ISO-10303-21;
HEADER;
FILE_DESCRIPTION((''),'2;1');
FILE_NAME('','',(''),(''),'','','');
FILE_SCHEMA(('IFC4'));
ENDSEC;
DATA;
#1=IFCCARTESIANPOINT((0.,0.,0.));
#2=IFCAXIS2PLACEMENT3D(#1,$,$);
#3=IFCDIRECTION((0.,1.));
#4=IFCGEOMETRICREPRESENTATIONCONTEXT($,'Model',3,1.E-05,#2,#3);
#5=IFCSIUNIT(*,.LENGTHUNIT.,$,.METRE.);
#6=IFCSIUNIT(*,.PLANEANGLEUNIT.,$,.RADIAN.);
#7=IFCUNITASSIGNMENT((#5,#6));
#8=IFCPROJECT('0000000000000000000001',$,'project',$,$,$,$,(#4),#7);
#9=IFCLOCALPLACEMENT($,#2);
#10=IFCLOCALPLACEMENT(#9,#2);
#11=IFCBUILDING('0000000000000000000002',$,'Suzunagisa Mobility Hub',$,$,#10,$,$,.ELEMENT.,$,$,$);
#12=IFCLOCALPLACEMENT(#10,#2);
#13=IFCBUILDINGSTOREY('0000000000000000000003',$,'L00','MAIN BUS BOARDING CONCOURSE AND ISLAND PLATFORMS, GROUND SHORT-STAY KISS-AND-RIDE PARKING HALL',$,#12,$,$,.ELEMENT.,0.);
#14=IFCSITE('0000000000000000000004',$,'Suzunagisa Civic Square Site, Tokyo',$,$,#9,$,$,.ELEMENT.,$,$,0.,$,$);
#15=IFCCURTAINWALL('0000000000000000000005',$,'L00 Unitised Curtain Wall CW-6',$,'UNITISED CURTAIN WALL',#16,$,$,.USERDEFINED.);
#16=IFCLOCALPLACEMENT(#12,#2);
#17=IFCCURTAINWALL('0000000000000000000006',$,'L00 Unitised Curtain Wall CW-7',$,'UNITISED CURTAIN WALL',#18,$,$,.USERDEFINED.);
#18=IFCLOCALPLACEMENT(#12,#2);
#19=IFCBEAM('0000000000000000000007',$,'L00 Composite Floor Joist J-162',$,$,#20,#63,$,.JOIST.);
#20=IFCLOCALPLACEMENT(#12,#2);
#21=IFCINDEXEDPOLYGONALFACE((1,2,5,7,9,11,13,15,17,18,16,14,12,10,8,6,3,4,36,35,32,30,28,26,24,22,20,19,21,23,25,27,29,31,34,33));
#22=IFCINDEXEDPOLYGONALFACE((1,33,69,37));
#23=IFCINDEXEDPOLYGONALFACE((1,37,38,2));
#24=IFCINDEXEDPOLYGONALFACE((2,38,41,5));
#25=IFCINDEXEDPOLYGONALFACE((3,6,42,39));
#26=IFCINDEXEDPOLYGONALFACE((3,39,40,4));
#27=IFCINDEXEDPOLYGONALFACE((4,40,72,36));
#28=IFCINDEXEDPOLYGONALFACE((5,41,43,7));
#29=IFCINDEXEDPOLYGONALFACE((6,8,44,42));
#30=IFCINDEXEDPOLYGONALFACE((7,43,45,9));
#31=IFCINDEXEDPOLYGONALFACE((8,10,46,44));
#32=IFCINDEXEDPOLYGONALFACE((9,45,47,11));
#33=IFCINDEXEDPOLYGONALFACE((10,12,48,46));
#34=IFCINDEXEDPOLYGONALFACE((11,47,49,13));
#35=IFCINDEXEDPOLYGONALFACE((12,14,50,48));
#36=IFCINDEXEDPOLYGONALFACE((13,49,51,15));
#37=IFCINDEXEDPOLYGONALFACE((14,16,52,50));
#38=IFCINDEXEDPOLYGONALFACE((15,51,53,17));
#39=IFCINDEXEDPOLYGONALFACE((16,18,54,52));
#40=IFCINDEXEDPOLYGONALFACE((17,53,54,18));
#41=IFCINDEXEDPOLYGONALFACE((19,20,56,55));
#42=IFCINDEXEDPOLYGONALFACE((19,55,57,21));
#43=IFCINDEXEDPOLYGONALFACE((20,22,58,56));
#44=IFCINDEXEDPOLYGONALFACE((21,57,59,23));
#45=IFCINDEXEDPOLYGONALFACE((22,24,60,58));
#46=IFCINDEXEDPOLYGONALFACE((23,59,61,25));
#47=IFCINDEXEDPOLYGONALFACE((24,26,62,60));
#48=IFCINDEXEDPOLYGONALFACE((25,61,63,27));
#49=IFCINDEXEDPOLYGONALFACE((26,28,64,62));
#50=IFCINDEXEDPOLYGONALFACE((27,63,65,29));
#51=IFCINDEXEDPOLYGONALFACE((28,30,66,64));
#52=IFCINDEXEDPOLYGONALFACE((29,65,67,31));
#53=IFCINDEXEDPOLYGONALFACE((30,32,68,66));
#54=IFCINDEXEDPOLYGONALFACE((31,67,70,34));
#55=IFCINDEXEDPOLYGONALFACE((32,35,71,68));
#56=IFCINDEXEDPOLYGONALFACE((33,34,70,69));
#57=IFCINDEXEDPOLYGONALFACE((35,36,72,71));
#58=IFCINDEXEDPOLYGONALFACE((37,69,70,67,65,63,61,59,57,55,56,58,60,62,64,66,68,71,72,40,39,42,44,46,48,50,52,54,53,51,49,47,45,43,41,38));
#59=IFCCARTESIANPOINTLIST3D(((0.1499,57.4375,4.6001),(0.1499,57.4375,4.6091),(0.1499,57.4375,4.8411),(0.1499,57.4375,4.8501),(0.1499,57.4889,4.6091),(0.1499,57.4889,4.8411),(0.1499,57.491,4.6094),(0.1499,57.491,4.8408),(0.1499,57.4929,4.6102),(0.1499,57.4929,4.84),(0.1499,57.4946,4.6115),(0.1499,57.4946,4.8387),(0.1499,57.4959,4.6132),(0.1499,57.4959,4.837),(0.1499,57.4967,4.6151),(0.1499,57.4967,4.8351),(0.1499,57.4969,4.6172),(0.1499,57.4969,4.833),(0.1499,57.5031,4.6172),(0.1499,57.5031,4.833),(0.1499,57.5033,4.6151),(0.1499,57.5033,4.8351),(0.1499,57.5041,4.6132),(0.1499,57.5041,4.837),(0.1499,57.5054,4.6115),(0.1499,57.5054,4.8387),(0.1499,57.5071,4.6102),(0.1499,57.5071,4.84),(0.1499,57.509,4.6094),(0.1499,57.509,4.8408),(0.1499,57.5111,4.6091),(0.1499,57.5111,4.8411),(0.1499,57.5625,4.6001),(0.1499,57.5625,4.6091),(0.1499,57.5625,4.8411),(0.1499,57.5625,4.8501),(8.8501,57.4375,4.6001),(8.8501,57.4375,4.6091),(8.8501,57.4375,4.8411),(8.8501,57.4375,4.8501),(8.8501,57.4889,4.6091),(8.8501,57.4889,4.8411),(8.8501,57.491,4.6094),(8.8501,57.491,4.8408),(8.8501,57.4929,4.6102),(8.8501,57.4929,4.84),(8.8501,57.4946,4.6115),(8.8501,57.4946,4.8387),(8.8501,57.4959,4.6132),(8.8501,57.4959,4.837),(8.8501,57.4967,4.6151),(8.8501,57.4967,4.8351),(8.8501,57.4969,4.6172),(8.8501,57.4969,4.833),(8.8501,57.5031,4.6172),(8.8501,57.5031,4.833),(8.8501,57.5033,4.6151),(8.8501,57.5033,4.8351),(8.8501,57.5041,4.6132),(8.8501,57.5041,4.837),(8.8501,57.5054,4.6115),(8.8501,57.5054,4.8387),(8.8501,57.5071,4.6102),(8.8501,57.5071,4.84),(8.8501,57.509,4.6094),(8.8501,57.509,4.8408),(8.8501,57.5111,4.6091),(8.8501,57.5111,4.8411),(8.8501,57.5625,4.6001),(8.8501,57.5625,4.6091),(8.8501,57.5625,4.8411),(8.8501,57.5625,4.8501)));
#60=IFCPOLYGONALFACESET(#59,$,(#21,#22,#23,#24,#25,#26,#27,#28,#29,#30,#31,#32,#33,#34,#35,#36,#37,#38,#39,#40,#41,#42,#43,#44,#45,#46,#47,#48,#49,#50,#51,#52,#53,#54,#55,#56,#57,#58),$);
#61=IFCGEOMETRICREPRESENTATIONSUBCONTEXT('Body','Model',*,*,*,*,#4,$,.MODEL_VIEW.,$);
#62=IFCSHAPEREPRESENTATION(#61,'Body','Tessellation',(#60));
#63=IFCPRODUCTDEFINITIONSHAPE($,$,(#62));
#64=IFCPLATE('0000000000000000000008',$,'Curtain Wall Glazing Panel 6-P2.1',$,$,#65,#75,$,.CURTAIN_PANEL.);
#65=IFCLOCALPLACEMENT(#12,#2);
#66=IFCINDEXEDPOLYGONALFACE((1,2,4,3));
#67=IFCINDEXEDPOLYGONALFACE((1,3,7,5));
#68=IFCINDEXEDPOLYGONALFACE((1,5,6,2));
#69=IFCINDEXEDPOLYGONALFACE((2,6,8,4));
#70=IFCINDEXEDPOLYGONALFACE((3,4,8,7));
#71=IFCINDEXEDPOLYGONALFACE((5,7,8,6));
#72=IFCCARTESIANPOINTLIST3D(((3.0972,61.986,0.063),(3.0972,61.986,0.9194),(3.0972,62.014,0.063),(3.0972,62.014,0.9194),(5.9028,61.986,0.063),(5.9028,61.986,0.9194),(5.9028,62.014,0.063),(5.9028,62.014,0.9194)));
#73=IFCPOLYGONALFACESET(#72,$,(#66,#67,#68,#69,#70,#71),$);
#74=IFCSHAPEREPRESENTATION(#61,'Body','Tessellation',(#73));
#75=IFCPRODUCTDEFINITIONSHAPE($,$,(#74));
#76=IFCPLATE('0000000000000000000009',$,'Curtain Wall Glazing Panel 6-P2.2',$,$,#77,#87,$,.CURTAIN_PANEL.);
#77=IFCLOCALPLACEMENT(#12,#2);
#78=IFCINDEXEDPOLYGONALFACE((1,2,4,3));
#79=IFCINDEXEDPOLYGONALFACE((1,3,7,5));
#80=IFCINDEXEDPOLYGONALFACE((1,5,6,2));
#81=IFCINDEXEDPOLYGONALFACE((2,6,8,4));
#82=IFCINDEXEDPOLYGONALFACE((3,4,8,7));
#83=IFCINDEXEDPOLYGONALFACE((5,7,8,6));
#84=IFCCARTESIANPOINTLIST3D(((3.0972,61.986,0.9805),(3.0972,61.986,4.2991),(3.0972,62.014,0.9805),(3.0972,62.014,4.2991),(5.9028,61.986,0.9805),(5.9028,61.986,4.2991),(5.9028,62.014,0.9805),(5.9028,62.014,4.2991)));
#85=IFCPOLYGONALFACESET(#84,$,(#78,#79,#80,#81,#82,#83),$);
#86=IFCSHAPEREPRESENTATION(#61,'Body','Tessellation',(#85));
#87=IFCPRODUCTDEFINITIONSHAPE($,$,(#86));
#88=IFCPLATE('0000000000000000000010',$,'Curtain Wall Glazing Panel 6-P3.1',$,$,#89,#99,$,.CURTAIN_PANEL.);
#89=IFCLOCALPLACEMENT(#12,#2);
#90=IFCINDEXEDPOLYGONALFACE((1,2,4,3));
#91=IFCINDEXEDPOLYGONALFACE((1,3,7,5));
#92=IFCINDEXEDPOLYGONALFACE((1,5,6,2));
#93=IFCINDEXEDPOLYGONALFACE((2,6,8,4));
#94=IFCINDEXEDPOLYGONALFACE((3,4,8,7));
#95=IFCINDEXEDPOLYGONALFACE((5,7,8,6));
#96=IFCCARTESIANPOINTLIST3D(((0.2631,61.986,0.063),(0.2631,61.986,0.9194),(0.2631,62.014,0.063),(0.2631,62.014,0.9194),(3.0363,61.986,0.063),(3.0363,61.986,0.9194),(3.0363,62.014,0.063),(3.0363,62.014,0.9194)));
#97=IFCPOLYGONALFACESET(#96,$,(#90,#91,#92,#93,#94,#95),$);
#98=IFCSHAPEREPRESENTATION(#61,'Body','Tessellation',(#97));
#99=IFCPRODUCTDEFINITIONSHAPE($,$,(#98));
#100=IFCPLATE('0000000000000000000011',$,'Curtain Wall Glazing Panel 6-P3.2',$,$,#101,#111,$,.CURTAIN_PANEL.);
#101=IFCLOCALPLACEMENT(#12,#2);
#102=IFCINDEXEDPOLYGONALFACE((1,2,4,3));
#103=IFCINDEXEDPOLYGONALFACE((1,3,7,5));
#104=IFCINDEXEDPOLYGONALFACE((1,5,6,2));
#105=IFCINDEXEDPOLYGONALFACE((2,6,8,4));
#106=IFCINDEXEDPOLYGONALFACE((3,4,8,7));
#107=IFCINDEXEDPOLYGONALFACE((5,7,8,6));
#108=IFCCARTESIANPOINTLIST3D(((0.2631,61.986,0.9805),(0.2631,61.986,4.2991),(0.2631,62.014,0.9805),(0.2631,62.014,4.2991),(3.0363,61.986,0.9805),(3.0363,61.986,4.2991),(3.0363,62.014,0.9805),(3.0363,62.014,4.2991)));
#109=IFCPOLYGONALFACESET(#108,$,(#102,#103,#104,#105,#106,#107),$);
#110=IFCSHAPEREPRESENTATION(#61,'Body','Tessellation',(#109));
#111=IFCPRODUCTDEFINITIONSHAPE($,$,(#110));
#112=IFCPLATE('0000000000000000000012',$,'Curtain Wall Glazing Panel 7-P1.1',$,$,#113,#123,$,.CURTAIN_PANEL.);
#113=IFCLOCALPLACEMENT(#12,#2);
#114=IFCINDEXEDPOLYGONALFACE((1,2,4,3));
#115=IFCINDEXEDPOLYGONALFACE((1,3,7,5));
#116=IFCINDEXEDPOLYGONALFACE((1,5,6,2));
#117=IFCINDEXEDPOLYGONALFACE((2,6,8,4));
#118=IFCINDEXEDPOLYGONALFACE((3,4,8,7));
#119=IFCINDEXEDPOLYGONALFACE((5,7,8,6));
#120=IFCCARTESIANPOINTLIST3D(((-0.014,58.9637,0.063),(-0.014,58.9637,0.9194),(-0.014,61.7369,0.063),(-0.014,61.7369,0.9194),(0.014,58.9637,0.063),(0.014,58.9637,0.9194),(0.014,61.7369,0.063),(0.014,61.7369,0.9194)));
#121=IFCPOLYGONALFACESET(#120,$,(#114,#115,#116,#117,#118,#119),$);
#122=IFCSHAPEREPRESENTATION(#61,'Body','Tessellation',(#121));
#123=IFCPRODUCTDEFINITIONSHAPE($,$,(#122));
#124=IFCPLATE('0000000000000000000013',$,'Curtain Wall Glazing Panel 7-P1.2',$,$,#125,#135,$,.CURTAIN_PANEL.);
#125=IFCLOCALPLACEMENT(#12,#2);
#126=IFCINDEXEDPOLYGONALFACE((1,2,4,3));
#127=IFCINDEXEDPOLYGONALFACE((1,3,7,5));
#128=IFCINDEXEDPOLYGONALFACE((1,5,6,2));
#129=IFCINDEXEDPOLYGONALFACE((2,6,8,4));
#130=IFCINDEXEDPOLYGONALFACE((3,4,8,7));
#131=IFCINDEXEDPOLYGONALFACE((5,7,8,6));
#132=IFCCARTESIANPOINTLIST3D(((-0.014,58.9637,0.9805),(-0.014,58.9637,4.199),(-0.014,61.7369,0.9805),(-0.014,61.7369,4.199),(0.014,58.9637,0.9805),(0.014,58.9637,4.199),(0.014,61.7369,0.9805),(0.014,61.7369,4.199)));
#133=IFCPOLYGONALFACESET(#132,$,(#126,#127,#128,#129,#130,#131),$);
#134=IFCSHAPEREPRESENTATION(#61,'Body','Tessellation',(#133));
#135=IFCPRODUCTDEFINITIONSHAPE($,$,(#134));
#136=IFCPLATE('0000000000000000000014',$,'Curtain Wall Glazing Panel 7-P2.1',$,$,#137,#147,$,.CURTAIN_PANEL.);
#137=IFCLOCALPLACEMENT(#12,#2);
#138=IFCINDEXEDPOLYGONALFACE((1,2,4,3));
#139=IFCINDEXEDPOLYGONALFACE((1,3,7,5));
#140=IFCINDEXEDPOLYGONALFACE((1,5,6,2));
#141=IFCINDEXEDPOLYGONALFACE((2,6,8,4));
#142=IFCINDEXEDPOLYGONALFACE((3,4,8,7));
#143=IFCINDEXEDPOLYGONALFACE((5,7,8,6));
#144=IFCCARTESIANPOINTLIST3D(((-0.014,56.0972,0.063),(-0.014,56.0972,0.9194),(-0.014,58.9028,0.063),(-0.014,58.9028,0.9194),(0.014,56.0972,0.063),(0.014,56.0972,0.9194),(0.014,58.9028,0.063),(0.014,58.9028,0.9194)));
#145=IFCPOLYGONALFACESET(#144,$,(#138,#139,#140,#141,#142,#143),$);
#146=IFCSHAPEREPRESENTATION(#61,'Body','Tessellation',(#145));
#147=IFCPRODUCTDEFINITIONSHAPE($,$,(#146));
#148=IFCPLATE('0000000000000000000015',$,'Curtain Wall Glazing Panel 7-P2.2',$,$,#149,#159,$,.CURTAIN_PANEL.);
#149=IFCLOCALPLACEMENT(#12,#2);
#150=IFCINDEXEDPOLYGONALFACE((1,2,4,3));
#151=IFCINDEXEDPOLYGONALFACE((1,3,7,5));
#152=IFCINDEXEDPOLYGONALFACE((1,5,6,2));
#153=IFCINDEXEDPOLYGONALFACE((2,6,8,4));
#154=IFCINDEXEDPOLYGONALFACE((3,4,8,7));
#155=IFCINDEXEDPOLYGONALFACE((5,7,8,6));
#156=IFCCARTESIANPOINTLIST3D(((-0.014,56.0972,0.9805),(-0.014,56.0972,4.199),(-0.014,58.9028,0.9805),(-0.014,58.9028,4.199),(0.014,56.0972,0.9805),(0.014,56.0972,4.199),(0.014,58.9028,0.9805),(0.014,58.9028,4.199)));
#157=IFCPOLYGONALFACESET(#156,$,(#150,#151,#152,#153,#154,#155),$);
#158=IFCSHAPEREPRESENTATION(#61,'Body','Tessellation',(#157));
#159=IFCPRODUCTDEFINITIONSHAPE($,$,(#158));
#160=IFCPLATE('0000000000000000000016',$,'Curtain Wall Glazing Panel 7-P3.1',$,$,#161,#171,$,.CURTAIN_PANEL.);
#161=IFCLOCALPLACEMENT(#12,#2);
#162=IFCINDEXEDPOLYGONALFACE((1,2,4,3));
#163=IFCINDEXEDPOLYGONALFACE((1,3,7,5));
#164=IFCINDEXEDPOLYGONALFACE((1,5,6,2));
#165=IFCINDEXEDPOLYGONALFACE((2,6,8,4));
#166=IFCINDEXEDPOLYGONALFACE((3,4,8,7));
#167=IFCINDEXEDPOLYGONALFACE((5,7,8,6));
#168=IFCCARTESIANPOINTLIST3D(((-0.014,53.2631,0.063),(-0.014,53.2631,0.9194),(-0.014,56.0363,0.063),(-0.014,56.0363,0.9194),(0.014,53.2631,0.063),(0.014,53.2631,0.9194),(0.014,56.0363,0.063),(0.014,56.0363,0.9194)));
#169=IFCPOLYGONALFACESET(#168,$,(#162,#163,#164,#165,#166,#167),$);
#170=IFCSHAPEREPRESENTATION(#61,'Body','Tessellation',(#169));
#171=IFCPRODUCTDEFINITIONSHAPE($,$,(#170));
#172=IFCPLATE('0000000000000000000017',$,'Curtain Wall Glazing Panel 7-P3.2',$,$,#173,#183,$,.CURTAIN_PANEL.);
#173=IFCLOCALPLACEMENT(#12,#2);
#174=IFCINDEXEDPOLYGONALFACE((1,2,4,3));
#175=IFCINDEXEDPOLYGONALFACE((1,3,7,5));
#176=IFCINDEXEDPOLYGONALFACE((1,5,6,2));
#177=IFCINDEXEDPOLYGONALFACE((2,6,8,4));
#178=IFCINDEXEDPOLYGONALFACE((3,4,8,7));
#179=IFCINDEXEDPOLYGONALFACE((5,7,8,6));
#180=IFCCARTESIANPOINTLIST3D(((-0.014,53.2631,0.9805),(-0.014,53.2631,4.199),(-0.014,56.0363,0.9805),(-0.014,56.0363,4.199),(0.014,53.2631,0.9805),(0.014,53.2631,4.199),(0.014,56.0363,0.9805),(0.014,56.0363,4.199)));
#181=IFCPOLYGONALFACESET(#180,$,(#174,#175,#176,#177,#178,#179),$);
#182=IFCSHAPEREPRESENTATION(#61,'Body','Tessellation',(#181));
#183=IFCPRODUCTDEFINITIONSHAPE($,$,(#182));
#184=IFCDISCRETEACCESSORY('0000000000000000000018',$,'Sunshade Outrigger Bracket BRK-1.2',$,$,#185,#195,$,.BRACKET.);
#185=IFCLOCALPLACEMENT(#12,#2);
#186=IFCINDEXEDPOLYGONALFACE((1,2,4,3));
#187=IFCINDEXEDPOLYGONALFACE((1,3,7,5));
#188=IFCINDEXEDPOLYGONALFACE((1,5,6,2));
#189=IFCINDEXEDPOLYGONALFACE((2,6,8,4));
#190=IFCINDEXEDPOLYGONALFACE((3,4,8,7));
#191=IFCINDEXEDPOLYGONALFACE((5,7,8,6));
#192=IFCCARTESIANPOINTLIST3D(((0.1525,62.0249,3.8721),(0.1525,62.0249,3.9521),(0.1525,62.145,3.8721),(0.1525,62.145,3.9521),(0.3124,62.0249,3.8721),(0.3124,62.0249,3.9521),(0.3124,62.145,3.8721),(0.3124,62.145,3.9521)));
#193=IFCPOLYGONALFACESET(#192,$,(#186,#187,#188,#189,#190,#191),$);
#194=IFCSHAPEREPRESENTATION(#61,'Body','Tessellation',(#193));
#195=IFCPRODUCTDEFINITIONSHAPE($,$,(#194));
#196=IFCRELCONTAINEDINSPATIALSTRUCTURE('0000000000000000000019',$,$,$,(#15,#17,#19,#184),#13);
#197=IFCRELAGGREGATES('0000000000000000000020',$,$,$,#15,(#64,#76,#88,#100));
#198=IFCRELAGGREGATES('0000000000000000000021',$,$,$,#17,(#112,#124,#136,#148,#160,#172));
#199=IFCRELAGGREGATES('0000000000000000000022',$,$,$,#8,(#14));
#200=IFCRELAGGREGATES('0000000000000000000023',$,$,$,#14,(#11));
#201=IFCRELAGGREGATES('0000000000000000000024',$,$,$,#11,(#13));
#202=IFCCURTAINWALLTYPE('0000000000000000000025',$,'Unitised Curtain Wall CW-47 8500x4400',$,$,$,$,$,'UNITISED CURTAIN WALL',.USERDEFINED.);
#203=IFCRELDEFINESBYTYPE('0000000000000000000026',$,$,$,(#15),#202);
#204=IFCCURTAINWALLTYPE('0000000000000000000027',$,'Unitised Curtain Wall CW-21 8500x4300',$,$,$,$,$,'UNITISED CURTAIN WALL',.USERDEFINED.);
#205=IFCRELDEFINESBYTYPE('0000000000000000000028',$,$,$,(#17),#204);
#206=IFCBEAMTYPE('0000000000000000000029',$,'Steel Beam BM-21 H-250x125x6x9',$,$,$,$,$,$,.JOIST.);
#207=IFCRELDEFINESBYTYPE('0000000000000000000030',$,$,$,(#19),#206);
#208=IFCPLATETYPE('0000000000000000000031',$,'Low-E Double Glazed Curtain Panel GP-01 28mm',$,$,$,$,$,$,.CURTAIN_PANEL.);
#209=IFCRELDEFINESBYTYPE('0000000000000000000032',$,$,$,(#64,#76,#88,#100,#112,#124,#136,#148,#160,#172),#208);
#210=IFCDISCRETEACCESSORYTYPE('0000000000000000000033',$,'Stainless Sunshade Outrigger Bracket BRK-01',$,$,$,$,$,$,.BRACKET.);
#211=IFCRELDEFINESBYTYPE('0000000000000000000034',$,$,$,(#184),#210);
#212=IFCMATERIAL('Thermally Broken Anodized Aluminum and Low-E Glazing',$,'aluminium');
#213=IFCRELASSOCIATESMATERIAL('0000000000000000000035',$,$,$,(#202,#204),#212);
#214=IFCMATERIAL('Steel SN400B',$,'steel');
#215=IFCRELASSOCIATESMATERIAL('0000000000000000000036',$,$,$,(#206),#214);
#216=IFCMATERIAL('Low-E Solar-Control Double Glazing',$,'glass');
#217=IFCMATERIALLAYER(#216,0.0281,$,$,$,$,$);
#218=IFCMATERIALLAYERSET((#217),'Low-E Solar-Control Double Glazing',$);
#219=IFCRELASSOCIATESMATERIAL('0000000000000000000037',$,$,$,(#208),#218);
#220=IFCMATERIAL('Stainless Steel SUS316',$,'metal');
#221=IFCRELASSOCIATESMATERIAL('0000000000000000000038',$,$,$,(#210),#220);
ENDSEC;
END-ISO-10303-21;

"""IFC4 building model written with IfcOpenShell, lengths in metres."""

from ifc_helpers import new_model, si_unit, direction, frame, origin, origin_2d, place, context, subcontext, project, spatial, rectangle, i_section, extrude, material, layer, layer_set, material_profile, profile_set, type_object, element, aggregate, save


model = new_model("IFC4")

# Units and contexts
model_context = context("Model", 3, precision=1e-05, world=origin(), true_north=direction((0.0, 1.0)))
body_context = subcontext(model_context, "Body", "Model", "MODEL_VIEW")
ifc_project = project(units=[si_unit("LENGTHUNIT", "METRE"), si_unit("PLANEANGLEUNIT", "RADIAN")], contexts=[model_context])

# Site, building, storey
site_placement = place(None, origin())
site = spatial("IfcSite", under=ifc_project, at=site_placement, Name="Suzunagisa Civic Square Site, Tokyo", CompositionType="ELEMENT", RefElevation=0.0)
building_placement = place(site_placement, origin())
building = spatial("IfcBuilding", under=site, at=building_placement, Name="Suzunagisa Mobility Hub", CompositionType="ELEMENT")
storey_placement = place(building_placement, origin())
storey = spatial("IfcBuildingStorey", under=building, at=storey_placement, Name="L00", Description="MAIN BUS BOARDING CONCOURSE AND ISLAND PLATFORMS, GROUND SHORT-STAY KISS-AND-RIDE PARKING HALL", CompositionType="ELEMENT", Elevation=0.0)

# Curtain walls
ifc_material_1 = material(Name="Thermally Broken Anodized Aluminum and Low-E Glazing", Category="aluminium")
curtain_wall_type_1 = type_object("IfcCurtainWallType", Name="Unitised Curtain Wall CW-47 8500x4400", ElementType="UNITISED CURTAIN WALL", PredefinedType="USERDEFINED", material=ifc_material_1)
curtain_wall_1_placement = place(storey_placement, origin())
curtain_wall_1 = element("IfcCurtainWall", 1, at=curtain_wall_1_placement, inside=storey, type_object=curtain_wall_type_1, Name="L00 Unitised Curtain Wall CW-6", ObjectType="UNITISED CURTAIN WALL", PredefinedType="USERDEFINED")
curtain_wall_type_2 = type_object("IfcCurtainWallType", Name="Unitised Curtain Wall CW-21 8500x4300", ElementType="UNITISED CURTAIN WALL", PredefinedType="USERDEFINED", material=ifc_material_1)
curtain_wall_2_placement = place(storey_placement, origin())
curtain_wall_2 = element("IfcCurtainWall", 2, at=curtain_wall_2_placement, inside=storey, type_object=curtain_wall_type_2, Name="L00 Unitised Curtain Wall CW-7", ObjectType="UNITISED CURTAIN WALL", PredefinedType="USERDEFINED")

# Beam
ifc_material_2 = material(Name="Steel SN400B", Category="steel")
ifc_material_profile_1 = material_profile(ifc_material_2, i_section(OverallWidth=0.125, OverallDepth=0.25, WebThickness=0.0061, FlangeThickness=0.009, FilletRadius=0.0081, at=origin_2d()), Name="H-250x125x6x9")
ifc_profile_set_1 = profile_set([ifc_material_profile_1], Name="Steel SN400B")
beam_type_1 = type_object("IfcBeamType", Name="Steel Beam BM-21 H-250x125x6x9", PredefinedType="JOIST", material=ifc_profile_set_1)
beam_1_placement = place(storey_placement, frame((0.1499, 57.5, 4.7251), z_axis=(1.0, 0.0, 0.0), x_axis=(0.0, 1.0, 0.0)))
element("IfcBeam", 3, at=beam_1_placement, inside=storey, type_object=beam_type_1, Name="L00 Composite Floor Joist J-162", PredefinedType="JOIST", context=body_context, shape_type="SweptSolid", body=[
    extrude(i_section(OverallWidth=0.125, OverallDepth=0.25, WebThickness=0.0061, FlangeThickness=0.009, FilletRadius=0.0081, at=origin_2d()), origin(), (0.0, 0.0, 1.0), 8.7002),
])

# Plates
ifc_material_3 = material(Name="Low-E Solar-Control Double Glazing", Category="glass")
ifc_layer = layer(ifc_material_3, 0.0281)
ifc_layer_set = layer_set([ifc_layer], Name="Low-E Solar-Control Double Glazing")
plate_type = type_object("IfcPlateType", Name="Low-E Double Glazed Curtain Panel GP-01 28mm", PredefinedType="CURTAIN_PANEL", material=ifc_layer_set)
plate_1_placement = place(storey_placement, frame((4.5, 62.0, 0.063), z_axis=(0.0, 0.0, 1.0), x_axis=(-1.0, 0.0, 0.0)))
plate_1 = element("IfcPlate", 4, at=plate_1_placement, type_object=plate_type, Name="Curtain Wall Glazing Panel 6-P2.1", PredefinedType="CURTAIN_PANEL", context=body_context, shape_type="SweptSolid", body=[
    extrude(rectangle(XDim=2.8057, YDim=0.0281, at=origin_2d()), origin(), (0.0, 0.0, 1.0), 0.8564),
])
plate_2_placement = place(storey_placement, frame((4.5, 62.0, 0.9805), z_axis=(0.0, 0.0, 1.0), x_axis=(-1.0, 0.0, 0.0)))
plate_2 = element("IfcPlate", 5, at=plate_2_placement, type_object=plate_type, Name="Curtain Wall Glazing Panel 6-P2.2", PredefinedType="CURTAIN_PANEL", context=body_context, shape_type="SweptSolid", body=[
    extrude(rectangle(XDim=2.8057, YDim=0.0281, at=origin_2d()), origin(), (0.0, 0.0, 1.0), 3.3186),
])
plate_3_placement = place(storey_placement, frame((1.6497, 62.0, 0.063), z_axis=(0.0, 0.0, 1.0), x_axis=(-1.0, 0.0, 0.0)))
plate_3 = element("IfcPlate", 6, at=plate_3_placement, type_object=plate_type, Name="Curtain Wall Glazing Panel 6-P3.1", PredefinedType="CURTAIN_PANEL", context=body_context, shape_type="SweptSolid", body=[
    extrude(rectangle(XDim=2.7732, YDim=0.0281, at=origin_2d()), origin(), (0.0, 0.0, 1.0), 0.8564),
])
plate_4_placement = place(storey_placement, frame((1.6497, 62.0, 0.9805), z_axis=(0.0, 0.0, 1.0), x_axis=(-1.0, 0.0, 0.0)))
plate_4 = element("IfcPlate", 7, at=plate_4_placement, type_object=plate_type, Name="Curtain Wall Glazing Panel 6-P3.2", PredefinedType="CURTAIN_PANEL", context=body_context, shape_type="SweptSolid", body=[
    extrude(rectangle(XDim=2.7732, YDim=0.0281, at=origin_2d()), origin(), (0.0, 0.0, 1.0), 3.3186),
])
aggregate(curtain_wall_1, [plate_1, plate_2, plate_3, plate_4])
plate_5_placement = place(storey_placement, frame((0.0, 60.3503, 0.063), z_axis=(0.0, 0.0, 1.0), x_axis=(0.0, -1.0, 0.0)))
plate_5 = element("IfcPlate", 8, at=plate_5_placement, type_object=plate_type, Name="Curtain Wall Glazing Panel 7-P1.1", PredefinedType="CURTAIN_PANEL", context=body_context, shape_type="SweptSolid", body=[
    extrude(rectangle(XDim=2.7732, YDim=0.0281, at=origin_2d()), origin(), (0.0, 0.0, 1.0), 0.8564),
])
plate_6_placement = place(storey_placement, frame((0.0, 60.3503, 0.9805), z_axis=(0.0, 0.0, 1.0), x_axis=(0.0, -1.0, 0.0)))
plate_6 = element("IfcPlate", 9, at=plate_6_placement, type_object=plate_type, Name="Curtain Wall Glazing Panel 7-P1.2", PredefinedType="CURTAIN_PANEL", context=body_context, shape_type="SweptSolid", body=[
    extrude(rectangle(XDim=2.7732, YDim=0.0281, at=origin_2d()), origin(), (0.0, 0.0, 1.0), 3.2185),
])
plate_7_placement = place(storey_placement, frame((0.0, 57.5, 0.063), z_axis=(0.0, 0.0, 1.0), x_axis=(0.0, -1.0, 0.0)))
plate_7 = element("IfcPlate", 10, at=plate_7_placement, type_object=plate_type, Name="Curtain Wall Glazing Panel 7-P2.1", PredefinedType="CURTAIN_PANEL", context=body_context, shape_type="SweptSolid", body=[
    extrude(rectangle(XDim=2.8057, YDim=0.0281, at=origin_2d()), origin(), (0.0, 0.0, 1.0), 0.8564),
])
plate_8_placement = place(storey_placement, frame((0.0, 57.5, 0.9805), z_axis=(0.0, 0.0, 1.0), x_axis=(0.0, -1.0, 0.0)))
plate_8 = element("IfcPlate", 11, at=plate_8_placement, type_object=plate_type, Name="Curtain Wall Glazing Panel 7-P2.2", PredefinedType="CURTAIN_PANEL", context=body_context, shape_type="SweptSolid", body=[
    extrude(rectangle(XDim=2.8057, YDim=0.0281, at=origin_2d()), origin(), (0.0, 0.0, 1.0), 3.2185),
])
plate_9_placement = place(storey_placement, frame((0.0, 54.6497, 0.063), z_axis=(0.0, 0.0, 1.0), x_axis=(0.0, -1.0, 0.0)))
plate_9 = element("IfcPlate", 12, at=plate_9_placement, type_object=plate_type, Name="Curtain Wall Glazing Panel 7-P3.1", PredefinedType="CURTAIN_PANEL", context=body_context, shape_type="SweptSolid", body=[
    extrude(rectangle(XDim=2.7732, YDim=0.0281, at=origin_2d()), origin(), (0.0, 0.0, 1.0), 0.8564),
])
plate_10_placement = place(storey_placement, frame((0.0, 54.6497, 0.9805), z_axis=(0.0, 0.0, 1.0), x_axis=(0.0, -1.0, 0.0)))
plate_10 = element("IfcPlate", 13, at=plate_10_placement, type_object=plate_type, Name="Curtain Wall Glazing Panel 7-P3.2", PredefinedType="CURTAIN_PANEL", context=body_context, shape_type="SweptSolid", body=[
    extrude(rectangle(XDim=2.7732, YDim=0.0281, at=origin_2d()), origin(), (0.0, 0.0, 1.0), 3.2185),
])
aggregate(curtain_wall_2, [plate_5, plate_6, plate_7, plate_8, plate_9, plate_10])

# Discrete accessory
ifc_material_4 = material(Name="Stainless Steel SUS316", Category="metal")
discrete_accessory_type = type_object("IfcDiscreteAccessoryType", Name="Stainless Sunshade Outrigger Bracket BRK-01", PredefinedType="BRACKET", material=ifc_material_4)
discrete_accessory_placement = place(storey_placement, frame((0.2324, 62.085, 3.8721), z_axis=(0.0, 0.0, 1.0), x_axis=(-1.0, 0.0, 0.0)))
element("IfcDiscreteAccessory", 14, at=discrete_accessory_placement, inside=storey, type_object=discrete_accessory_type, Name="Sunshade Outrigger Bracket BRK-1.2", PredefinedType="BRACKET", context=body_context, shape_type="SweptSolid", body=[
    extrude(rectangle(XDim=0.1599, YDim=0.1201, at=origin_2d()), origin(), (0.0, 0.0, 1.0), 0.0801),
])

save(model, "model.ifc")
